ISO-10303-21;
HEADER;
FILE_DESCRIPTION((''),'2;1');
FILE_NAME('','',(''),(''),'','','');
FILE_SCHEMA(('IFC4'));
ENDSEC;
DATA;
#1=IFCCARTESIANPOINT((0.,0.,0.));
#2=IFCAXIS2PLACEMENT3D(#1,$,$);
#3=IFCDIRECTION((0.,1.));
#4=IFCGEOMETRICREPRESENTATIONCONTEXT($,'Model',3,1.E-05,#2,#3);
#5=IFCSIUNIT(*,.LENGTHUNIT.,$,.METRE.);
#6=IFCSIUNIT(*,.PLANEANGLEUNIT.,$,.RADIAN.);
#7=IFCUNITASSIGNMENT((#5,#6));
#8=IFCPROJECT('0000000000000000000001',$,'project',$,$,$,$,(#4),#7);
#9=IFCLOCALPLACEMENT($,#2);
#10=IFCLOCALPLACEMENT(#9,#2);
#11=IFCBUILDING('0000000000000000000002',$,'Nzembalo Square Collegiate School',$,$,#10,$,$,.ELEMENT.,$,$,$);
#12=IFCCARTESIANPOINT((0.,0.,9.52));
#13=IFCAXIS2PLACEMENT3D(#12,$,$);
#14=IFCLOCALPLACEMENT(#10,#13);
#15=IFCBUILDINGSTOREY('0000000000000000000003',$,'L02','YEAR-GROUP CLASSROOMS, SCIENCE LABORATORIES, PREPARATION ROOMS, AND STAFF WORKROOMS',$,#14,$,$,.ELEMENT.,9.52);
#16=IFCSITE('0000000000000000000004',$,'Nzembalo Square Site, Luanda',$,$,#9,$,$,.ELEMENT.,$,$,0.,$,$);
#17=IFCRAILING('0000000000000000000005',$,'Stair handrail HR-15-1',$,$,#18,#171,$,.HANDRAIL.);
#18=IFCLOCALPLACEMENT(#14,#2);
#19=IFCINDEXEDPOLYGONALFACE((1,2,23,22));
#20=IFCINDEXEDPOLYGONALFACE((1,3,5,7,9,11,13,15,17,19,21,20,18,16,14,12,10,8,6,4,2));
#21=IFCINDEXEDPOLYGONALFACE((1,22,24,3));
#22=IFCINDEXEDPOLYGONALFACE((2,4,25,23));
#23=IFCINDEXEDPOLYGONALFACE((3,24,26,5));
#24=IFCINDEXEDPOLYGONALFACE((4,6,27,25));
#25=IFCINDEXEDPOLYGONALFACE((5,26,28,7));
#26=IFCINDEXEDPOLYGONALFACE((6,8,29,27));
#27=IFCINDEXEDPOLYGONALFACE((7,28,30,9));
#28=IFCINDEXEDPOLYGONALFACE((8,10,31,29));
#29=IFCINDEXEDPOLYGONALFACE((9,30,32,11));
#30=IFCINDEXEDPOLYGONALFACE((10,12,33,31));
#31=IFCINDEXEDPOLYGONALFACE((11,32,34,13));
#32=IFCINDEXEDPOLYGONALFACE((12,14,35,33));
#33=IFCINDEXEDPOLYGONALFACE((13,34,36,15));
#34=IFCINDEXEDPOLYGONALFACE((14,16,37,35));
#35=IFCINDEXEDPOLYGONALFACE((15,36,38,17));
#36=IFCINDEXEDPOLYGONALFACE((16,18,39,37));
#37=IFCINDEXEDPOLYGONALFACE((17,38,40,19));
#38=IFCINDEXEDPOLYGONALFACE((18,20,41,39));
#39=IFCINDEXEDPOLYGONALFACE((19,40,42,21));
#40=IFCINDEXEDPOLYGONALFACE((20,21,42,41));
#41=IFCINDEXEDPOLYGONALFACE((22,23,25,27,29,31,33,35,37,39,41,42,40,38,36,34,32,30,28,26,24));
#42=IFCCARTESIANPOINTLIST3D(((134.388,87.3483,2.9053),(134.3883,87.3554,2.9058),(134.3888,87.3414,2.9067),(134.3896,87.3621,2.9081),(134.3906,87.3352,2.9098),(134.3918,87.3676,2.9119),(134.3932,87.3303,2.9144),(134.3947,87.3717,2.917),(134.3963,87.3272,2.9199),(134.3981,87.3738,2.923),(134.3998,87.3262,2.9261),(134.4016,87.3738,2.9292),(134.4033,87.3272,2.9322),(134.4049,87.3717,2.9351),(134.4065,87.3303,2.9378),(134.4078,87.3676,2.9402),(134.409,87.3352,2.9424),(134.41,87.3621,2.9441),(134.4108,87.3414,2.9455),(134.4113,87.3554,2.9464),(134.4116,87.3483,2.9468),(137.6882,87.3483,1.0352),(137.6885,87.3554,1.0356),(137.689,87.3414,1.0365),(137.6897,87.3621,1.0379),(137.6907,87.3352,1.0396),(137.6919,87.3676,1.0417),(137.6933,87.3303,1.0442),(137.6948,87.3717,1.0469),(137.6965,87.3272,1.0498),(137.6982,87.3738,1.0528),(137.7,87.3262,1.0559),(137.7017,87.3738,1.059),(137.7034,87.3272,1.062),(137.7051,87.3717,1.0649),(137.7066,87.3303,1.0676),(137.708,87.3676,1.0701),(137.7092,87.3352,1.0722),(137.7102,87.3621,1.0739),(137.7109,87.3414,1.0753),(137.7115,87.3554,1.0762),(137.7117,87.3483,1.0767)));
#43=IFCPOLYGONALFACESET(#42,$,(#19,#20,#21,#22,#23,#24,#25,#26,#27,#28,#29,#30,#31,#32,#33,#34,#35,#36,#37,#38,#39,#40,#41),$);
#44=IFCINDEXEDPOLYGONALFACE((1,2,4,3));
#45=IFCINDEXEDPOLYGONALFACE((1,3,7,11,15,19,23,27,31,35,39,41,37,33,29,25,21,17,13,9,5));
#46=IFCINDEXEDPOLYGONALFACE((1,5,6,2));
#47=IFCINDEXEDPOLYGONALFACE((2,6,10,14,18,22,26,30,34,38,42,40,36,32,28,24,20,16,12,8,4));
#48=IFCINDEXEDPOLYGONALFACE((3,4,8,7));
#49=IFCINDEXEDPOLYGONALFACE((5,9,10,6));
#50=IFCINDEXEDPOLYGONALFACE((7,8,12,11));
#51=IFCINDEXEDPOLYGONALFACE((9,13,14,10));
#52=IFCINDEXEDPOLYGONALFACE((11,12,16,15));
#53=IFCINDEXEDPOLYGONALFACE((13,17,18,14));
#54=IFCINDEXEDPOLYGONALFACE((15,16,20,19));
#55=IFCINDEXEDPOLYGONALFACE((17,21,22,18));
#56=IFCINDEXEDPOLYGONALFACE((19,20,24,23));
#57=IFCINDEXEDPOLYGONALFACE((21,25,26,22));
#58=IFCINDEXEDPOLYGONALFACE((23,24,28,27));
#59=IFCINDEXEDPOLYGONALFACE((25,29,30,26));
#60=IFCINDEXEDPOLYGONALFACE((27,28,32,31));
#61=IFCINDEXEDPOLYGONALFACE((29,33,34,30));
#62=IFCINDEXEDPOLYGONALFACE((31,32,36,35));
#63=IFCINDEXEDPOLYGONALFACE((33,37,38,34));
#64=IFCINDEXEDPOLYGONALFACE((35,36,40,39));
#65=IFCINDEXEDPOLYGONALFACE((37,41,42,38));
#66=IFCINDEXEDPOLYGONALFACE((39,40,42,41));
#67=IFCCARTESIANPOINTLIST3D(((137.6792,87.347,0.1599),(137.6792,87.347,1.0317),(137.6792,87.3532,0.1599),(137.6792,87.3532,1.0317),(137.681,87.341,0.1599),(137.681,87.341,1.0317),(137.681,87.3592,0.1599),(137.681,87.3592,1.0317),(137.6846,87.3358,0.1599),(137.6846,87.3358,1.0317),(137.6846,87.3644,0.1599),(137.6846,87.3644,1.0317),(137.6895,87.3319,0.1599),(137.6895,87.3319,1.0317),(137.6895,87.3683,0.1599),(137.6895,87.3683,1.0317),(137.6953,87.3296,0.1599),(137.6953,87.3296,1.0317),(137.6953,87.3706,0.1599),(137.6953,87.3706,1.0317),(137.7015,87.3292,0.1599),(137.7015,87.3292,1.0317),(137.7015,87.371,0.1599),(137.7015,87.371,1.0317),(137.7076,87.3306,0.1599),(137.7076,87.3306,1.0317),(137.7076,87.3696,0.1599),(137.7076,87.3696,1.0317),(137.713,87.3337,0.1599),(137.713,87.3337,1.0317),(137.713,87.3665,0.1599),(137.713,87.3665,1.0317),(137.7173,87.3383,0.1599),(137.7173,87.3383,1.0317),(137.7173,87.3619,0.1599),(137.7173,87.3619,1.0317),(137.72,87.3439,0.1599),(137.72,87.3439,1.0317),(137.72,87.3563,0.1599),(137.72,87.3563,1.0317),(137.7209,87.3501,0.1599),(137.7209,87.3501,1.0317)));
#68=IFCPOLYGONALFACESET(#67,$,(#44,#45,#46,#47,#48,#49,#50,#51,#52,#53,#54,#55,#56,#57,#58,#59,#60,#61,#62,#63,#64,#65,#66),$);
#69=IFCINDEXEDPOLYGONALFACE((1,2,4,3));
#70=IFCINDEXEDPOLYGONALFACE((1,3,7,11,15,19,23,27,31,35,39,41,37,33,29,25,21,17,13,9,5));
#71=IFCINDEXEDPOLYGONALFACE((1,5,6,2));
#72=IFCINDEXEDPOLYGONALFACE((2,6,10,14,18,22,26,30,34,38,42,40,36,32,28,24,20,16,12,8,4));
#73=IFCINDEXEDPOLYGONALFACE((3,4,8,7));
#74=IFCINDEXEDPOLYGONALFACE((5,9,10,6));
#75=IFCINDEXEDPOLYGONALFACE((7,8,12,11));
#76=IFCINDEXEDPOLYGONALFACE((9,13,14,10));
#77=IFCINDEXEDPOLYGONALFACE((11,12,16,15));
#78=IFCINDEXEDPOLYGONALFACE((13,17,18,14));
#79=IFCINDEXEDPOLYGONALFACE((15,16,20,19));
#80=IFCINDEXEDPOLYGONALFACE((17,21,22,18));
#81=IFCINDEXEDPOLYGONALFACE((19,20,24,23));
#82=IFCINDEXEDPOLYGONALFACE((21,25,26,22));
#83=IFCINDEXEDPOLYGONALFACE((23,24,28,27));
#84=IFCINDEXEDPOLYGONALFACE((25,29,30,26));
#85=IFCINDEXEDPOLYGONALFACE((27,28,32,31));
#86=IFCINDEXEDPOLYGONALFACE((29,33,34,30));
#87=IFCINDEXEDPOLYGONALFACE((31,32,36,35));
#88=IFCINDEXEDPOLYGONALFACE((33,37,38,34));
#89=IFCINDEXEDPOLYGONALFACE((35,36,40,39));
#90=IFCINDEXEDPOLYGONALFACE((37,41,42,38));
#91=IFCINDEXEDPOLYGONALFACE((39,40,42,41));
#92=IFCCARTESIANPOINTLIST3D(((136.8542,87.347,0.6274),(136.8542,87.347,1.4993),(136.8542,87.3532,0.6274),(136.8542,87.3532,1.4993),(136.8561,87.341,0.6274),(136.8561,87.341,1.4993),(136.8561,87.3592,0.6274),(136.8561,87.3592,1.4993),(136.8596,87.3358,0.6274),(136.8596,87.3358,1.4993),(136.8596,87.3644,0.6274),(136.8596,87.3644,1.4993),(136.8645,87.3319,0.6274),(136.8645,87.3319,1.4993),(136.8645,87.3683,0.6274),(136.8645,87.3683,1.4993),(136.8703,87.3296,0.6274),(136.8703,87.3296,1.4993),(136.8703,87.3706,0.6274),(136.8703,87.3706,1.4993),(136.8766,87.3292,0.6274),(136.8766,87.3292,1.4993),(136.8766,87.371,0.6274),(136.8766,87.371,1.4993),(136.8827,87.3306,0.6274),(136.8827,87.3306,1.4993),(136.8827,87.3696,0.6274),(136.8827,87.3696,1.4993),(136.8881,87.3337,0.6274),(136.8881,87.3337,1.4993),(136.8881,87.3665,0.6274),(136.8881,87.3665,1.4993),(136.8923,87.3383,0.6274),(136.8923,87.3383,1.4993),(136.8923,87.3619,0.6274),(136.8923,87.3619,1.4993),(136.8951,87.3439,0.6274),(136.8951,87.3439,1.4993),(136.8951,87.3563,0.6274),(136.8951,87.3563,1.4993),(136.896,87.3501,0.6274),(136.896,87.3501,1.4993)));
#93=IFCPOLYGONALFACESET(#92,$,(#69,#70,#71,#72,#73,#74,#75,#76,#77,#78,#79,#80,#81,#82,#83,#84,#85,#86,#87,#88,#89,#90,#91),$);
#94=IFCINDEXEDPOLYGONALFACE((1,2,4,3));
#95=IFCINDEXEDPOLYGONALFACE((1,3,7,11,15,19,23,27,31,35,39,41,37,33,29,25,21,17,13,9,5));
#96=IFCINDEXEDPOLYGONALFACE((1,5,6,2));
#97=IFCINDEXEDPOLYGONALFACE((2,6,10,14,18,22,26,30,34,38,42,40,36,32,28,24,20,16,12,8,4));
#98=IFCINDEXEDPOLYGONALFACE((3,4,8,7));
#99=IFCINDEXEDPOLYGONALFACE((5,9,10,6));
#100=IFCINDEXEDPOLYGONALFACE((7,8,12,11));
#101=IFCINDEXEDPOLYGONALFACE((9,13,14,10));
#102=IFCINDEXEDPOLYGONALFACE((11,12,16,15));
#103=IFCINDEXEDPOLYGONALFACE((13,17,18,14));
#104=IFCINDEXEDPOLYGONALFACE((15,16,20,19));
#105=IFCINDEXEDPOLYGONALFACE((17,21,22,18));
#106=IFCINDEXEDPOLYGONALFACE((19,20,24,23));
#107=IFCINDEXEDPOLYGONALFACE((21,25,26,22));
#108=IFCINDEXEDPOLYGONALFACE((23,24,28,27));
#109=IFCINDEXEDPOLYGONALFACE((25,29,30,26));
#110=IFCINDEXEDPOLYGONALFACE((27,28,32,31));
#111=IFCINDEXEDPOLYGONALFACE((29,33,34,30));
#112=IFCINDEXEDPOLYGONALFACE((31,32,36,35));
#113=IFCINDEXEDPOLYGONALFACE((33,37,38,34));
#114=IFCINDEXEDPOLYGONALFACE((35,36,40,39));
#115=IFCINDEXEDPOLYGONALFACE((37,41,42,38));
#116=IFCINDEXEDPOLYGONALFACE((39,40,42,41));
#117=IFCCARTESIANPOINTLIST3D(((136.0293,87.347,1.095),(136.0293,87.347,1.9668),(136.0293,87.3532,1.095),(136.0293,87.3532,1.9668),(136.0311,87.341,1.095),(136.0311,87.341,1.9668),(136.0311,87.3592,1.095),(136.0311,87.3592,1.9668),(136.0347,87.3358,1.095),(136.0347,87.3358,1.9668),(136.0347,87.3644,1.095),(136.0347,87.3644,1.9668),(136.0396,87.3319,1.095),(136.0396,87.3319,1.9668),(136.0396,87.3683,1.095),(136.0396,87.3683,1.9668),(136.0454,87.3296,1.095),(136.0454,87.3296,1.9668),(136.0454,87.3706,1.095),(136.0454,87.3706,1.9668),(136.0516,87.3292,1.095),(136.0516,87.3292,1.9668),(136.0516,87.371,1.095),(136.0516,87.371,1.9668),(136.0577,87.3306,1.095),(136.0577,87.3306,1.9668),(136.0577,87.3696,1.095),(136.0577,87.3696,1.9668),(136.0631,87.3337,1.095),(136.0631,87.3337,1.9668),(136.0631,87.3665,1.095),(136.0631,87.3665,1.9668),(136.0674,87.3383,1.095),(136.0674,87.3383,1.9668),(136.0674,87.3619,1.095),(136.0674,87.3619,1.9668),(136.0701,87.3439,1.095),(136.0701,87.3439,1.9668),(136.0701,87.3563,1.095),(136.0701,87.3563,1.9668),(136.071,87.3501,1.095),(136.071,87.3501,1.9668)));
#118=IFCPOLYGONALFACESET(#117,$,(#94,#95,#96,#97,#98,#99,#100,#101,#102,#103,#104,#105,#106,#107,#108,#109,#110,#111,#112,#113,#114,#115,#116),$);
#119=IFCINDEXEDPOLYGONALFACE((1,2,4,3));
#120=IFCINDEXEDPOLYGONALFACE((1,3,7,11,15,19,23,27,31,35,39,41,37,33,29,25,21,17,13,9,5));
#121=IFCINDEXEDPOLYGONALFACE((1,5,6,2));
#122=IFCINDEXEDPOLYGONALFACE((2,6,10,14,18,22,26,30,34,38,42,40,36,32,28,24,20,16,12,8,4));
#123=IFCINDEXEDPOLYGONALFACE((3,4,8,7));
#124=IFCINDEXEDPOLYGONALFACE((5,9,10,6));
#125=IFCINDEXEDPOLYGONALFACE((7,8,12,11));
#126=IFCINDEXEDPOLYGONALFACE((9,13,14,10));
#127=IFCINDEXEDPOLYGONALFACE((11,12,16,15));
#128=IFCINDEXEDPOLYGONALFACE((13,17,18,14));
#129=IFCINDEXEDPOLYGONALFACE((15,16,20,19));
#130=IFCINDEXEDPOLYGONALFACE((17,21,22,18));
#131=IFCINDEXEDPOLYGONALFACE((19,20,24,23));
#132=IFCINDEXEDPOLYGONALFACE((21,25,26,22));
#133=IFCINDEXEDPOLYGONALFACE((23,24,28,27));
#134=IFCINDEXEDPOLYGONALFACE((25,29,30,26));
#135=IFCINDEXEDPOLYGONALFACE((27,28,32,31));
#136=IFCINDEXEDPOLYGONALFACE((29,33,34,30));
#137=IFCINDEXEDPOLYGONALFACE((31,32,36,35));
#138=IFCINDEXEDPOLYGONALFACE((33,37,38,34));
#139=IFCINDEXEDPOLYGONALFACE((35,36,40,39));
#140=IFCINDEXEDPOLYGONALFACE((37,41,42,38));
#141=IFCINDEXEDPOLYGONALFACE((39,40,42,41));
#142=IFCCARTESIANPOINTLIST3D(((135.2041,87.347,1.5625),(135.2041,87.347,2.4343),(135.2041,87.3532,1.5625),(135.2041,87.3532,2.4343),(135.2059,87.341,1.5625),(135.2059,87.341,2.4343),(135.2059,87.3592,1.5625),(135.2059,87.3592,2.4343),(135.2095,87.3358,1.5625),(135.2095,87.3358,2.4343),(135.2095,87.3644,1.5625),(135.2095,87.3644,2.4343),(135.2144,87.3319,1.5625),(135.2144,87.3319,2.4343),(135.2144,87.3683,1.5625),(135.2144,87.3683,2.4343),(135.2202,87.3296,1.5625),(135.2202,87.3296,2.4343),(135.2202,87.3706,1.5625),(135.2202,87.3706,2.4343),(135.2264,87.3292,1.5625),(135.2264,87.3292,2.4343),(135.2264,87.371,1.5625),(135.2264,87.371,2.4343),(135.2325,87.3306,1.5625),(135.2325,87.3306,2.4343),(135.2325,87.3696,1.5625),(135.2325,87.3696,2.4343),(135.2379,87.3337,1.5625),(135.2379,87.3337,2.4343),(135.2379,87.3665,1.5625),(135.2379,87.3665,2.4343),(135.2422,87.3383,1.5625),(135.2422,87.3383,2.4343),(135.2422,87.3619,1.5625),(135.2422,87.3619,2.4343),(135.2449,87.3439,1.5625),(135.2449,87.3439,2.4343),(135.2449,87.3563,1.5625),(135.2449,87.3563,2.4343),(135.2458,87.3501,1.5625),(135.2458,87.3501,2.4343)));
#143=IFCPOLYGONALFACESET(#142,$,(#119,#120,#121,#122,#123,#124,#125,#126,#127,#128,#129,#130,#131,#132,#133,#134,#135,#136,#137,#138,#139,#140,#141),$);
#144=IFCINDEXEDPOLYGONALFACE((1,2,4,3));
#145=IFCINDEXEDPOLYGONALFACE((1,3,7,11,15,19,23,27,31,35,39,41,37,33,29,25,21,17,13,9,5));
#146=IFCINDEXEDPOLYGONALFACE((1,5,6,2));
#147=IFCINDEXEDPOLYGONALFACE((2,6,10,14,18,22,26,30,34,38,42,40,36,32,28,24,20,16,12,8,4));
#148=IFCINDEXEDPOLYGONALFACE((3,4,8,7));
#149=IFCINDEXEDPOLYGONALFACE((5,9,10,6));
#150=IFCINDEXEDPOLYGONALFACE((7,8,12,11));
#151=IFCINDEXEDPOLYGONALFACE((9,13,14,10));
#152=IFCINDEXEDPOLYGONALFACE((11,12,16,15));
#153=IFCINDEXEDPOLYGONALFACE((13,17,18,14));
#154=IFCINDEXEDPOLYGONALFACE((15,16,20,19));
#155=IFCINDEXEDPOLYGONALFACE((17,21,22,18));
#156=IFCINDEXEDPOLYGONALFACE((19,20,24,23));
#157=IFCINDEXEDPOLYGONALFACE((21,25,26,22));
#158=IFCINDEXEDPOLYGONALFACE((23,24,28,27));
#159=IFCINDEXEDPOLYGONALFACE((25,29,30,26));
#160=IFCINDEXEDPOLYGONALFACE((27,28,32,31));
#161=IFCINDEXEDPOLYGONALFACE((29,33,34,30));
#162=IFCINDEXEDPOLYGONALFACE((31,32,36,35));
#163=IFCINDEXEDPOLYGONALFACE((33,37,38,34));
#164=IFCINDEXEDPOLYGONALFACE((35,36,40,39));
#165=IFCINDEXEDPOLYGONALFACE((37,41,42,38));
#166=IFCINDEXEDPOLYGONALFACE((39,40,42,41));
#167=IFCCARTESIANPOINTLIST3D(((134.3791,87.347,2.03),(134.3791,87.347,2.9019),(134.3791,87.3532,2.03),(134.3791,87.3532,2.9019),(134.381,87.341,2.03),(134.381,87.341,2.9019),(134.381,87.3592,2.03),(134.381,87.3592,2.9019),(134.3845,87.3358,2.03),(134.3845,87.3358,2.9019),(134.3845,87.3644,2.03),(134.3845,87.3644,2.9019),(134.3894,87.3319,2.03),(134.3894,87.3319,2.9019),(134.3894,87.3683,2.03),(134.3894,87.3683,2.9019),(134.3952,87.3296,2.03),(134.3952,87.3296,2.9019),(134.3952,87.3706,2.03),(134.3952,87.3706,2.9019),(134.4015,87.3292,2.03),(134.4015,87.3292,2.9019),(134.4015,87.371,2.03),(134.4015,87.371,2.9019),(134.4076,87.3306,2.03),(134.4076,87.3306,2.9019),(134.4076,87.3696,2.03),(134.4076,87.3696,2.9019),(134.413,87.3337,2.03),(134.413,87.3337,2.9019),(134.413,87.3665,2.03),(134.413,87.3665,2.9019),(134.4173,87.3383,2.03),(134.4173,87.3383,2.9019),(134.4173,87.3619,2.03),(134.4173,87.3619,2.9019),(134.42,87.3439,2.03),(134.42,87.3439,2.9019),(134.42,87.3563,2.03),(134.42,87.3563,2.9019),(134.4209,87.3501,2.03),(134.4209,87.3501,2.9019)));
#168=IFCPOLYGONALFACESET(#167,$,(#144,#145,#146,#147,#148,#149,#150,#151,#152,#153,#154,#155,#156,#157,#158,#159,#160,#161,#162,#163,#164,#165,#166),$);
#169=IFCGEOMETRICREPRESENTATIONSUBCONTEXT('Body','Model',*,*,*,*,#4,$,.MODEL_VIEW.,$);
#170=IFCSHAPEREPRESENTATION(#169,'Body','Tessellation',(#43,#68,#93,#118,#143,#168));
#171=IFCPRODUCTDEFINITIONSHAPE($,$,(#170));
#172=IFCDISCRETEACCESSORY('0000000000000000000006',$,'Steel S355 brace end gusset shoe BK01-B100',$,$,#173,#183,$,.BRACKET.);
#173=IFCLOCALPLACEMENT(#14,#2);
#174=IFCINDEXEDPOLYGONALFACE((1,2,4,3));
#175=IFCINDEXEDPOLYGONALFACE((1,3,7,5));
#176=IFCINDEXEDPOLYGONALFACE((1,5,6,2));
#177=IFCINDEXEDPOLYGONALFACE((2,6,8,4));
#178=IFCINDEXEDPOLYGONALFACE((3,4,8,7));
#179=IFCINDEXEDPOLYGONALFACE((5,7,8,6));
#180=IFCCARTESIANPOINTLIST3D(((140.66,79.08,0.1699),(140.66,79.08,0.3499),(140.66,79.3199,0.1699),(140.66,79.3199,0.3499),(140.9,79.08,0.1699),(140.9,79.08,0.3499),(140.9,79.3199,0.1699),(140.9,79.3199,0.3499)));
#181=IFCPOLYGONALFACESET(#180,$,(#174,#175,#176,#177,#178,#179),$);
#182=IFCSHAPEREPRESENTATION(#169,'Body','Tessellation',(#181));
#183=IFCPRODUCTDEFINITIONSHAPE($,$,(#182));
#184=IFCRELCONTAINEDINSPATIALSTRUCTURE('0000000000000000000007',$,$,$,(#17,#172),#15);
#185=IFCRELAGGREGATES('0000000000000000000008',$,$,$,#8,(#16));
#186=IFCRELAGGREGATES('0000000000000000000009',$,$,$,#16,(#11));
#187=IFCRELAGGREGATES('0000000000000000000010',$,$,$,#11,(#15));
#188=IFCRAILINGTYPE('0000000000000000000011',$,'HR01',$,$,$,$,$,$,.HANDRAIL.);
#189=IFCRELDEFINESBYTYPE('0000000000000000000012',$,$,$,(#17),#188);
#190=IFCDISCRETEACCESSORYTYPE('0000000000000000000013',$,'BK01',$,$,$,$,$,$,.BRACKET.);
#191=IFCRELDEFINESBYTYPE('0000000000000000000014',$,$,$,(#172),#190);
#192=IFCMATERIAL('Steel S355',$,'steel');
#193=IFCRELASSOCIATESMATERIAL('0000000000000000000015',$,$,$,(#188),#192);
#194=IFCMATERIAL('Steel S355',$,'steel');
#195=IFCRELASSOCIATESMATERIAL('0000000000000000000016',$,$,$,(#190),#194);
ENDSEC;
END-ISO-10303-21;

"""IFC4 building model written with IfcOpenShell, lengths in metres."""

from ifc_helpers import new_model, si_unit, direction, frame, origin, origin_2d, place, context, subcontext, project, spatial, rectangle, circle, extrude, material, type_object, element, save


model = new_model("IFC4")

# Units and contexts
model_context = context("Model", 3, precision=1e-05, world=origin(), true_north=direction((0.0, 1.0)))
body_context = subcontext(model_context, "Body", "Model", "MODEL_VIEW")
ifc_project = project(units=[si_unit("LENGTHUNIT", "METRE"), si_unit("PLANEANGLEUNIT", "RADIAN")], contexts=[model_context])

# Site, building, storey
site_placement = place(None, origin())
site = spatial("IfcSite", under=ifc_project, at=site_placement, Name="Nzembalo Square Site, Luanda", CompositionType="ELEMENT", RefElevation=0.0)
building_placement = place(site_placement, origin())
building = spatial("IfcBuilding", under=site, at=building_placement, Name="Nzembalo Square Collegiate School", CompositionType="ELEMENT")
storey_placement = place(building_placement, frame((0.0, 0.0, 9.52)))
storey = spatial("IfcBuildingStorey", under=building, at=storey_placement, Name="L02", Description="YEAR-GROUP CLASSROOMS, SCIENCE LABORATORIES, PREPARATION ROOMS, AND STAFF WORKROOMS", CompositionType="ELEMENT", Elevation=9.52)

# Railing
ifc_material_1 = material(Name="Steel S355", Category="steel")
railing_type_1 = type_object("IfcRailingType", Name="HR01", PredefinedType="HANDRAIL", material=ifc_material_1)
railing_1_placement = place(storey_placement, frame((137.7, 87.3501, 0.1599)))
element("IfcRailing", 1, at=railing_1_placement, inside=storey, type_object=railing_type_1, Name="Stair handrail HR-15-1", PredefinedType="HANDRAIL", context=body_context, shape_type="SweptSolid", body=[
    extrude(circle(Radius=0.0239, at=origin_2d()), frame((0.0, 0.0, 0.896), z_axis=(-0.870012, 0.0, 0.49303), x_axis=(0.0, -1.0, 0.0)), (0.0, 0.0, 1.0), 3.7932),
    extrude(circle(Radius=0.021, at=origin_2d()), origin(), (0.0, 0.0, 1.0), 0.8718),
    extrude(circle(Radius=0.021, at=origin_2d()), frame((-0.825, 0.0, 0.4675)), (0.0, 0.0, 1.0), 0.8718),
    extrude(circle(Radius=0.021, at=origin_2d()), frame((-1.6499, 0.0, 0.9351)), (0.0, 0.0, 1.0), 0.8718),
    extrude(circle(Radius=0.021, at=origin_2d()), frame((-2.4751, 0.0, 1.4026)), (0.0, 0.0, 1.0), 0.8718),
    extrude(circle(Radius=0.021, at=origin_2d()), frame((-3.3, 0.0, 1.8701)), (0.0, 0.0, 1.0), 0.8718),
])

# Discrete accessory
ifc_material_2 = material(Name="Steel S355", Category="steel")
discrete_accessory_type = type_object("IfcDiscreteAccessoryType", Name="BK01", PredefinedType="BRACKET", material=ifc_material_2)
discrete_accessory_placement = place(storey_placement, frame((140.78, 79.2, 0.1699), z_axis=(0.0, 0.0, 1.0), x_axis=(1.0, 0.0, 0.0)))
element("IfcDiscreteAccessory", 2, at=discrete_accessory_placement, inside=storey, type_object=discrete_accessory_type, Name="Steel S355 brace end gusset shoe BK01-B100", PredefinedType="BRACKET", context=body_context, shape_type="SweptSolid", body=[
    extrude(rectangle(XDim=0.24, YDim=0.24, at=origin_2d()), origin(), (0.0, 0.0, 1.0), 0.1799),
])

save(model, "model.ifc")
